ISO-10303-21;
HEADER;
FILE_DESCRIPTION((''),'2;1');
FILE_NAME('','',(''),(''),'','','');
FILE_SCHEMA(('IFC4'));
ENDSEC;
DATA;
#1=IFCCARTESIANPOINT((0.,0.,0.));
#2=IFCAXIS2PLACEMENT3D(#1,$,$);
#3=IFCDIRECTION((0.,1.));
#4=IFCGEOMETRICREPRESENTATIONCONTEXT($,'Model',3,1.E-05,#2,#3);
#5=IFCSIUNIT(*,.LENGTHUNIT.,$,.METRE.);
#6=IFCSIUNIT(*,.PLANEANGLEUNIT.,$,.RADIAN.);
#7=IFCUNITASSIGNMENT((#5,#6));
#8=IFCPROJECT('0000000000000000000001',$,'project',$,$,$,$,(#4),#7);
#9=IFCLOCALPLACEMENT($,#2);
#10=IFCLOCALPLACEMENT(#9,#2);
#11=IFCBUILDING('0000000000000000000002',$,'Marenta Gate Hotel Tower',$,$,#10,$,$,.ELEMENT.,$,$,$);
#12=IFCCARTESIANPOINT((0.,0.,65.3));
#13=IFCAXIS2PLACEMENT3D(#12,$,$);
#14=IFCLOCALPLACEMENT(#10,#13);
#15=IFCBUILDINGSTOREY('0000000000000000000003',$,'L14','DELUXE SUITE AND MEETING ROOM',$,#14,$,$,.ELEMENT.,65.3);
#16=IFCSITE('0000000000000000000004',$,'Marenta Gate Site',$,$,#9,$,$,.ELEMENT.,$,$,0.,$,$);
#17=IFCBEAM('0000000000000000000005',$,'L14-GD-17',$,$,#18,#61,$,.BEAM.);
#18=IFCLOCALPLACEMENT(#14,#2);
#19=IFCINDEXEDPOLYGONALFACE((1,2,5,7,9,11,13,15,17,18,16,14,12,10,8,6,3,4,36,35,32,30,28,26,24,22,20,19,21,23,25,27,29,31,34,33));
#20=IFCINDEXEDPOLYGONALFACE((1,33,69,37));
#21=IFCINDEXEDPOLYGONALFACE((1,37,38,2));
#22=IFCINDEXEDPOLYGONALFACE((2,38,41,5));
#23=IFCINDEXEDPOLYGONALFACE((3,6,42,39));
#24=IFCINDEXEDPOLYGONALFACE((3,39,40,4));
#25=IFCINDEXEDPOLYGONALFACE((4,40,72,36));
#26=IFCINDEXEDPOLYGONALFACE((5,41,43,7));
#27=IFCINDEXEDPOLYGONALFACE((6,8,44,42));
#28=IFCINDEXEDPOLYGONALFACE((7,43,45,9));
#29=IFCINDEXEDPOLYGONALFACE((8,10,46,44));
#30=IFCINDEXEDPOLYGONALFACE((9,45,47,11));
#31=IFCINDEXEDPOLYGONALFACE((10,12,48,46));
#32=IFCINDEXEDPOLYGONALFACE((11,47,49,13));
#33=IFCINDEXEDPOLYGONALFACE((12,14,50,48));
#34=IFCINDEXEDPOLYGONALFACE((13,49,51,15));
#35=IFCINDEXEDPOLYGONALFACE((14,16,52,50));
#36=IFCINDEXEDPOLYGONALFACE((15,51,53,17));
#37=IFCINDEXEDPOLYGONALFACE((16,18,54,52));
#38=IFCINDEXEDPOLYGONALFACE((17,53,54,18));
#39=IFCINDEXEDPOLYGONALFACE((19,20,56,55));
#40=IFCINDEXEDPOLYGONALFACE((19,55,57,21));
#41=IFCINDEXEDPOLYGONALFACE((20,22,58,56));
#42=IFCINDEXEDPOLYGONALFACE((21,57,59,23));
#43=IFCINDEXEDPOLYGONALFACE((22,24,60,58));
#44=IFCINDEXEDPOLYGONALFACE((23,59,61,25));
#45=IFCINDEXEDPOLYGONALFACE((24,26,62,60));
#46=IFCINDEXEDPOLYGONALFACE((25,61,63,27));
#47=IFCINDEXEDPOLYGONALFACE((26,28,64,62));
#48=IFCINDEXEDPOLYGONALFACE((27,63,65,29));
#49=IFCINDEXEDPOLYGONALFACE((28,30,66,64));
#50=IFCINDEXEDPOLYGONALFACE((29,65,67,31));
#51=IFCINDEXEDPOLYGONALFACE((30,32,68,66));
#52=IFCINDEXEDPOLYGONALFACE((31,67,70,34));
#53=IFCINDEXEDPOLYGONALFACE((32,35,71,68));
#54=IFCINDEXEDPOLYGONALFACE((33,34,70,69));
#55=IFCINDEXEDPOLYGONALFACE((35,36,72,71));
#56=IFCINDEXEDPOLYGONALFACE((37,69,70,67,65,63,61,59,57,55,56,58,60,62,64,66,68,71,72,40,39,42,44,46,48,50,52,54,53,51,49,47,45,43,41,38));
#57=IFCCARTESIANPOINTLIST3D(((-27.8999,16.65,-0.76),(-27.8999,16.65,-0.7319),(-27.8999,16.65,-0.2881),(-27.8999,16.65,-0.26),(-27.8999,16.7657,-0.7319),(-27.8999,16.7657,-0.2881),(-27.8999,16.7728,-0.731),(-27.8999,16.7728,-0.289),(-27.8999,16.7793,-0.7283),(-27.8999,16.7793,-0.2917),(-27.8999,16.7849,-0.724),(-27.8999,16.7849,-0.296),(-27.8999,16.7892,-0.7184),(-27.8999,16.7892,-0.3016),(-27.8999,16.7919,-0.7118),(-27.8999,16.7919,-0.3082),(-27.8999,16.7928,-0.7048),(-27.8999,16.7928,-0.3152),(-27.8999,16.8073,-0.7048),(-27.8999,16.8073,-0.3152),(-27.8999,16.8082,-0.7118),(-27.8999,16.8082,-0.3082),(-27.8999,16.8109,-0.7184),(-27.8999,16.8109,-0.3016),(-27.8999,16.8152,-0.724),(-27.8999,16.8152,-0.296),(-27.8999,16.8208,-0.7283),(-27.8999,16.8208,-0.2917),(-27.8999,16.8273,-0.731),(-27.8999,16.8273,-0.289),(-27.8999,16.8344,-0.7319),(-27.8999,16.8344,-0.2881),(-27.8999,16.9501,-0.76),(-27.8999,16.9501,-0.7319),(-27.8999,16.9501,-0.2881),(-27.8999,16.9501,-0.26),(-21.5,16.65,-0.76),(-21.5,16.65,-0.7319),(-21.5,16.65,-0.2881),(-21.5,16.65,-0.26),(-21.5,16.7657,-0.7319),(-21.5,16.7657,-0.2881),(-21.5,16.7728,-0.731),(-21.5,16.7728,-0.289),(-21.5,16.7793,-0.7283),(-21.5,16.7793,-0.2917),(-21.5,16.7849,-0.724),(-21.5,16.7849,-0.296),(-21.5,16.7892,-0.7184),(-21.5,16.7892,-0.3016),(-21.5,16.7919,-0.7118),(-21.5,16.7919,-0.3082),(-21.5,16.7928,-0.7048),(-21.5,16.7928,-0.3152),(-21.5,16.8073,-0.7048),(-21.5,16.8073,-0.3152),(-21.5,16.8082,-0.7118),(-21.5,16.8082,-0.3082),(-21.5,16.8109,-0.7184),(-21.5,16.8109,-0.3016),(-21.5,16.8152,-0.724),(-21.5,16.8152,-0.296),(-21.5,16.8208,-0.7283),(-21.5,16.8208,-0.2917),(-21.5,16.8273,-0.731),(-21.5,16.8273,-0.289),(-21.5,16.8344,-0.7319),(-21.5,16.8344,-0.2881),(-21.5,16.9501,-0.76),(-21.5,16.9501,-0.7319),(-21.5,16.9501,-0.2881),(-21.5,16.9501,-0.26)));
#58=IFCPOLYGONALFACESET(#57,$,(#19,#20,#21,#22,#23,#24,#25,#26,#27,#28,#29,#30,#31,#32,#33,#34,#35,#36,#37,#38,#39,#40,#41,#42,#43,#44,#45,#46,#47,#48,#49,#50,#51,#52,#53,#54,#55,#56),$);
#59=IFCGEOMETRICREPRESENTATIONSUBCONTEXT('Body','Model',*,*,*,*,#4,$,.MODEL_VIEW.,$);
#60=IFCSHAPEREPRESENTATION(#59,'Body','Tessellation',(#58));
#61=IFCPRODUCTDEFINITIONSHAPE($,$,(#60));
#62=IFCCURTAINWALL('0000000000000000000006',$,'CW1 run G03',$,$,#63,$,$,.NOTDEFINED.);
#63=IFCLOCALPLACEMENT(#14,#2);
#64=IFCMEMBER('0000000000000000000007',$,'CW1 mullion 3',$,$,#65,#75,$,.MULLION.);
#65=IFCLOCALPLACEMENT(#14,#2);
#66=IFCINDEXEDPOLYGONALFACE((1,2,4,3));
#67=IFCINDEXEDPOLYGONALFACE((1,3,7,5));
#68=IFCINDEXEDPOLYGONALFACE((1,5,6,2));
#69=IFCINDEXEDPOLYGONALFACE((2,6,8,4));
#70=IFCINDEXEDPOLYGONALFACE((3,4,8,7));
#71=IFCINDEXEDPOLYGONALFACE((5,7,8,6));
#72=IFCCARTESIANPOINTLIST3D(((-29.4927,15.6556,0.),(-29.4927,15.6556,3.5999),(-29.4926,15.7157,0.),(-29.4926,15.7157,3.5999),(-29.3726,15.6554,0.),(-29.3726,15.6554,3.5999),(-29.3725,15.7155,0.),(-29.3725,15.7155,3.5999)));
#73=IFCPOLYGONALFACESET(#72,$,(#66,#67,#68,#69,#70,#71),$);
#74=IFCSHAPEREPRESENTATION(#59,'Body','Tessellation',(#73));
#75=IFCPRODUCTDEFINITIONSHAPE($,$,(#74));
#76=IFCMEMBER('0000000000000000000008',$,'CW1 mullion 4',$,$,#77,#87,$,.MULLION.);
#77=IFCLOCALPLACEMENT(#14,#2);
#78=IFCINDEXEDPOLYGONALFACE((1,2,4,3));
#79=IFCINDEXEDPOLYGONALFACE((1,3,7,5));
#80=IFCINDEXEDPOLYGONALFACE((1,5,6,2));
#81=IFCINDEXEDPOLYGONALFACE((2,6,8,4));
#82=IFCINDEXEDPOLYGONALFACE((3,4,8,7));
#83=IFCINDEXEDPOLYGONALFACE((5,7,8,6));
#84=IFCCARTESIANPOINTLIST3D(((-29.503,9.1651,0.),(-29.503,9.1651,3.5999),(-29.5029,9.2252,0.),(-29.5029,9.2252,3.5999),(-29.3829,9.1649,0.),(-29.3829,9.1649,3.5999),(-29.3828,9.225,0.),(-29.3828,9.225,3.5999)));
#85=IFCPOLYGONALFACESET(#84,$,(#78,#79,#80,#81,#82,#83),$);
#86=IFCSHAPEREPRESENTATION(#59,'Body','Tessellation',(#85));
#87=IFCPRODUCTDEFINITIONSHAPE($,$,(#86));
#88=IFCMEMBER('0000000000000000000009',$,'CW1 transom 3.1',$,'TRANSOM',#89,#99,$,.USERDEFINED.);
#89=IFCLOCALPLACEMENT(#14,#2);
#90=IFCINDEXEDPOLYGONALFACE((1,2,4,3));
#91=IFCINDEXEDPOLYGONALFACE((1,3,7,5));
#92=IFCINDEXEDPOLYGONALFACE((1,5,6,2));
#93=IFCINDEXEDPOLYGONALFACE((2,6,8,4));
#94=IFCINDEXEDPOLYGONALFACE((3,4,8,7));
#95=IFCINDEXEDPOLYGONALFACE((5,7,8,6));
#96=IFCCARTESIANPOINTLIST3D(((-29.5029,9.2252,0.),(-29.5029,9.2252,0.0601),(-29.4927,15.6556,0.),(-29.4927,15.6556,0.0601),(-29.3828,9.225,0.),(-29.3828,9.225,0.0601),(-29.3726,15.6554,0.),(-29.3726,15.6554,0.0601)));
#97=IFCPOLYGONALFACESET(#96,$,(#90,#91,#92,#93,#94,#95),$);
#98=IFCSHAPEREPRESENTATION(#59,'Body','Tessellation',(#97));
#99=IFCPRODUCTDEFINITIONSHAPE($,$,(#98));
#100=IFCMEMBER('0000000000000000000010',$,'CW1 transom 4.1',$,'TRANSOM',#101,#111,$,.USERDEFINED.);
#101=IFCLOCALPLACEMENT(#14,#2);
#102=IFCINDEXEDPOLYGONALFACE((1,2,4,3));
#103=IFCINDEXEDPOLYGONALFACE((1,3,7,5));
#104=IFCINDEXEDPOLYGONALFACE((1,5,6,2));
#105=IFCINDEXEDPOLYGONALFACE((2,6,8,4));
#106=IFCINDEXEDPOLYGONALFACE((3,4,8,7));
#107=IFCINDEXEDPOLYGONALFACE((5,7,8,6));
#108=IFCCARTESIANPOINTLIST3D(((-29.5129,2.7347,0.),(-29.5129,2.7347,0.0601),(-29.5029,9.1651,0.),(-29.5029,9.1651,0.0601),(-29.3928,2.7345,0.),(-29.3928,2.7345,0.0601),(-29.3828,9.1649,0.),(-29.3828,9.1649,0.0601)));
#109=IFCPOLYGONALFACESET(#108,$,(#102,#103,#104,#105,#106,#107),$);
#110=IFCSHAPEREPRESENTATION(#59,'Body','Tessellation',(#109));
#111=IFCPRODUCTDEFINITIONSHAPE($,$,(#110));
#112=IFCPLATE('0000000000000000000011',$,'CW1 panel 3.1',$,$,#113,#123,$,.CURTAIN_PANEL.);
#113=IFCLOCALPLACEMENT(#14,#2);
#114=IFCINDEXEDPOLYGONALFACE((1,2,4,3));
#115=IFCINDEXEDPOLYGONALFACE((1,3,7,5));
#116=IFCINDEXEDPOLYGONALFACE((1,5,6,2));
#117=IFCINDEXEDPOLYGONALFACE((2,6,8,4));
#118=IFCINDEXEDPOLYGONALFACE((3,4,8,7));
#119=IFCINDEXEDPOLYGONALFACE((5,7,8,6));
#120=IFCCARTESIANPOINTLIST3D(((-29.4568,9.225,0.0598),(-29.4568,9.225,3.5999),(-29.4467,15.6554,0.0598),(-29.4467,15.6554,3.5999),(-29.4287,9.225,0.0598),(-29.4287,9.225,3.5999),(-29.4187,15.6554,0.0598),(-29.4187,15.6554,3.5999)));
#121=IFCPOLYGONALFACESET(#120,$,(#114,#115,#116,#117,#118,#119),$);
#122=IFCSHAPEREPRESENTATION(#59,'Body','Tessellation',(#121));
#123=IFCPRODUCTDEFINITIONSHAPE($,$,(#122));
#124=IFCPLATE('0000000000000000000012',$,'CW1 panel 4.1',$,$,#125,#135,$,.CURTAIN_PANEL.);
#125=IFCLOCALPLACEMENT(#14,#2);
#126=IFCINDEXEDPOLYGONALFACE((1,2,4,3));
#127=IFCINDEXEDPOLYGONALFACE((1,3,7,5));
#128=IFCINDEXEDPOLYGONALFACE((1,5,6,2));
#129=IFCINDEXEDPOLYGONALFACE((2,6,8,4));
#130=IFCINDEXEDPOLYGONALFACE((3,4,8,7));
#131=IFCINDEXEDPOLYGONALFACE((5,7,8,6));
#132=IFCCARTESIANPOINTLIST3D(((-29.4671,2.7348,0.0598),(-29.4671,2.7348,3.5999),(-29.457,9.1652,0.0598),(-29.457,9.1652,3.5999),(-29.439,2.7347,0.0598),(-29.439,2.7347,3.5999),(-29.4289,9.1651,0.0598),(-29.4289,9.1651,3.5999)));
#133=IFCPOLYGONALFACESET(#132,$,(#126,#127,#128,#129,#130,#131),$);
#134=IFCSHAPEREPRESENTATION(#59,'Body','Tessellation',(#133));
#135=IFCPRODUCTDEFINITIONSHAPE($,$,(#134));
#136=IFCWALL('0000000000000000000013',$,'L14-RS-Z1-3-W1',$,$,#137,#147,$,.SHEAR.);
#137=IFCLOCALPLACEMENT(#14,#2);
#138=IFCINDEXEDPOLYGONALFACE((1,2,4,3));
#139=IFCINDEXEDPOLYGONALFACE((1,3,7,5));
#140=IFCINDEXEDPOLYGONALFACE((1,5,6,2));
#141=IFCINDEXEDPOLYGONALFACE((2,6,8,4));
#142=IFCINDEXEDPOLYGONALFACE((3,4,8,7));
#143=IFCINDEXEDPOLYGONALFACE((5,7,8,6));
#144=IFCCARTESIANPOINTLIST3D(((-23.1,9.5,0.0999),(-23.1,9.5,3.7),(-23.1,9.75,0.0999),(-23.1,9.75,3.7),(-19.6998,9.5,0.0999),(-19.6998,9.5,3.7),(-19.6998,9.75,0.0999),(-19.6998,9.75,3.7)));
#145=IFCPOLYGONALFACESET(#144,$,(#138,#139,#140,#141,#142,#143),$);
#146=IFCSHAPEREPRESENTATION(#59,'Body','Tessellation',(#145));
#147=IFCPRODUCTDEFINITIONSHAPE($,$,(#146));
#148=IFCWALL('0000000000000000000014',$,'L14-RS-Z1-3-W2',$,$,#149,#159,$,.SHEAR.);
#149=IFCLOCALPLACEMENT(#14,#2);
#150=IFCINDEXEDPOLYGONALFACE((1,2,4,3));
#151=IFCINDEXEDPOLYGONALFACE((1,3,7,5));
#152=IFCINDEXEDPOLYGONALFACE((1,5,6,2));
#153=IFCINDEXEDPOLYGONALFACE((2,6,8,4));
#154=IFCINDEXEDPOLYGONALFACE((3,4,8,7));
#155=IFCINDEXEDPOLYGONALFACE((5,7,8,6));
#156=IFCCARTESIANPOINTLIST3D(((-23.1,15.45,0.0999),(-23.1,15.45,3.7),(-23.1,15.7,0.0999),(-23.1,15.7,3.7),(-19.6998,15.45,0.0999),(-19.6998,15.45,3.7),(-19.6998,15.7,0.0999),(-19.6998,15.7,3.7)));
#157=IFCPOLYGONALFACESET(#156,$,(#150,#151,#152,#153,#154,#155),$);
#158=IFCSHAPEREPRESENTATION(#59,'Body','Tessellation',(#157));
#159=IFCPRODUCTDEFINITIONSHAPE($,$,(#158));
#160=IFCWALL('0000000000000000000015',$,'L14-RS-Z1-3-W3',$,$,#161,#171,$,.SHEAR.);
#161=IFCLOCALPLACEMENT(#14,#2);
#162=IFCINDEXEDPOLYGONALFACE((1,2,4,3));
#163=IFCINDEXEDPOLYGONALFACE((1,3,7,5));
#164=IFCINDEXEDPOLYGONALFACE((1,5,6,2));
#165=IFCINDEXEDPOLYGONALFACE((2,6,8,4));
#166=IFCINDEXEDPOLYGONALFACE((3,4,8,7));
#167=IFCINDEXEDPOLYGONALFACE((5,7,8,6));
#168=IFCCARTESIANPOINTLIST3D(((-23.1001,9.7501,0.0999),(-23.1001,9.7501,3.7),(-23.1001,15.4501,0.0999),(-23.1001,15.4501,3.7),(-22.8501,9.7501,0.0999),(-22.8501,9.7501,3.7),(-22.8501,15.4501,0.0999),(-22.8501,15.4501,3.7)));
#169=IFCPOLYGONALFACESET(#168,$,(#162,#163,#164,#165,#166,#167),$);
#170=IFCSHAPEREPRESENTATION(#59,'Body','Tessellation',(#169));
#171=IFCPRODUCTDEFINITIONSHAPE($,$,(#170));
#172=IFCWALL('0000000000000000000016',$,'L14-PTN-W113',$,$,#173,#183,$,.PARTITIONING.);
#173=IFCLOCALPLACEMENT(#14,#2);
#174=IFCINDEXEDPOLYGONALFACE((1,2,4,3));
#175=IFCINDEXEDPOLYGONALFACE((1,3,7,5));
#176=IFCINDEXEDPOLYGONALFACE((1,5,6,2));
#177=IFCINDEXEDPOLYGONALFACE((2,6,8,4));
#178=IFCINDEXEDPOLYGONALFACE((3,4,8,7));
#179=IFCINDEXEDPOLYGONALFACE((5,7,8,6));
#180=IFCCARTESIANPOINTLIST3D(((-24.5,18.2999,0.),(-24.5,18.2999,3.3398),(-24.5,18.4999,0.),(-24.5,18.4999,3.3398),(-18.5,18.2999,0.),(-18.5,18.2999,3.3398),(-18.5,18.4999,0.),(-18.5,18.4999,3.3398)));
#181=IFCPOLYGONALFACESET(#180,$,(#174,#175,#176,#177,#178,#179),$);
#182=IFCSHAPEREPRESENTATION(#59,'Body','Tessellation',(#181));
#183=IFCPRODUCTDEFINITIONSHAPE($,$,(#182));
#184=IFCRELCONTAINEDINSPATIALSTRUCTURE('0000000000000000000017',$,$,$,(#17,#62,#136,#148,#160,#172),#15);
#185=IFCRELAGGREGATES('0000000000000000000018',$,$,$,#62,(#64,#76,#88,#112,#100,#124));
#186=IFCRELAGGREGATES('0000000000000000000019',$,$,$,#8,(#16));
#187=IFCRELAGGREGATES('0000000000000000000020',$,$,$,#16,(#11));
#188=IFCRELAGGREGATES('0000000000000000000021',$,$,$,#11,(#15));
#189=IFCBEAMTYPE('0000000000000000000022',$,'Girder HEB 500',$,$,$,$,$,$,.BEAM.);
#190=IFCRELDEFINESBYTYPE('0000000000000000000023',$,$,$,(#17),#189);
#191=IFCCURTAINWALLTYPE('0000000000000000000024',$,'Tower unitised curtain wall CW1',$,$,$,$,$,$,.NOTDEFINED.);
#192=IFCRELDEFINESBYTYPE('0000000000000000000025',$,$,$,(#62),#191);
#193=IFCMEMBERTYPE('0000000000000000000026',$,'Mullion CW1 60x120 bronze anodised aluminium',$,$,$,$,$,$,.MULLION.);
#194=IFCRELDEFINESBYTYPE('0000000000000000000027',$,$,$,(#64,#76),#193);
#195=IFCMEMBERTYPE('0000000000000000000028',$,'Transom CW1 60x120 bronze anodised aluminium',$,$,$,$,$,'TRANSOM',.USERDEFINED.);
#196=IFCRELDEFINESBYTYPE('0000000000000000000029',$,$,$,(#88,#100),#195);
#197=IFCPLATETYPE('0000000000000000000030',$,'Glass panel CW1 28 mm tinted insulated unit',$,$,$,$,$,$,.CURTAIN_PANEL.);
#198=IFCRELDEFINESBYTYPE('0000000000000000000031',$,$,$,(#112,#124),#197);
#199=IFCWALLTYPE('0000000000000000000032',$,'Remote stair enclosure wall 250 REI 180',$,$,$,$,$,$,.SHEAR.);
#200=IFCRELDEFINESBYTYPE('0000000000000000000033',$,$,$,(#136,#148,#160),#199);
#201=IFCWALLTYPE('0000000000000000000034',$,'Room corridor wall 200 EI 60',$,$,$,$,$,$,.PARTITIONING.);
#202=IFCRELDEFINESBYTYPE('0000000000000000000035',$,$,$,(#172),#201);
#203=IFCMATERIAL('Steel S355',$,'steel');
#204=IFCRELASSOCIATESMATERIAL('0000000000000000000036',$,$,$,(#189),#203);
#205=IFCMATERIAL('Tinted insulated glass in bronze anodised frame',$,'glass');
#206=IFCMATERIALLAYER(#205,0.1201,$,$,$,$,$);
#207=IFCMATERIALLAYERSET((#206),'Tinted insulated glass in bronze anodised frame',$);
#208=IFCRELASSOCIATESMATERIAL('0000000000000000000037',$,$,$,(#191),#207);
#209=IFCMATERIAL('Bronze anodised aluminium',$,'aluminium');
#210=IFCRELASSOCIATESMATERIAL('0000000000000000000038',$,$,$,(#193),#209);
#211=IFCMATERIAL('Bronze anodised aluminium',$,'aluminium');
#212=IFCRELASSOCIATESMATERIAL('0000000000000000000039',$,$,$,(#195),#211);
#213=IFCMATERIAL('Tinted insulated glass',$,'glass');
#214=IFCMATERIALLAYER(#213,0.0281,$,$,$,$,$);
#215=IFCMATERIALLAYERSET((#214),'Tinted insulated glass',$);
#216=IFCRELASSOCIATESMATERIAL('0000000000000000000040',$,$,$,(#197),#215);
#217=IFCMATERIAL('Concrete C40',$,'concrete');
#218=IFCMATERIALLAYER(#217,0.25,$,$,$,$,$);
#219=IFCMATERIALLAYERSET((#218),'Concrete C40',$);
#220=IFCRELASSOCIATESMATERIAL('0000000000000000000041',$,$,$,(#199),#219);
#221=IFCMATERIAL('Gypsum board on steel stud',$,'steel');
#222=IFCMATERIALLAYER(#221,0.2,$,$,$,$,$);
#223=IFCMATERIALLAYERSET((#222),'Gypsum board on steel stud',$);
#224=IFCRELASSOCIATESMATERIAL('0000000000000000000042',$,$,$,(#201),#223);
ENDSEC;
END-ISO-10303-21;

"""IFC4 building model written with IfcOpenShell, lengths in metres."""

from ifc_helpers import new_model, si_unit, direction, frame, frame_2d, origin, origin_2d, place, context, subcontext, project, spatial, rectangle, i_section, extrude, material, layer, layer_set, material_profile, profile_set, type_object, element, aggregate, save


model = new_model("IFC4")

# Units and contexts
model_context = context("Model", 3, precision=1e-05, world=origin(), true_north=direction((0.0, 1.0)))
body_context = subcontext(model_context, "Body", "Model", "MODEL_VIEW")
ifc_project = project(units=[si_unit("LENGTHUNIT", "METRE"), si_unit("PLANEANGLEUNIT", "RADIAN")], contexts=[model_context])

# Site, building, storey
site_placement = place(None, origin())
site = spatial("IfcSite", under=ifc_project, at=site_placement, Name="Marenta Gate Site", CompositionType="ELEMENT", RefElevation=0.0)
building_placement = place(site_placement, origin())
building = spatial("IfcBuilding", under=site, at=building_placement, Name="Marenta Gate Hotel Tower", CompositionType="ELEMENT")
storey_placement = place(building_placement, frame((0.0, 0.0, 65.3)))
storey = spatial("IfcBuildingStorey", under=building, at=storey_placement, Name="L14", Description="DELUXE SUITE AND MEETING ROOM", CompositionType="ELEMENT", Elevation=65.3)

# Beam
ifc_material_1 = material(Name="Steel S355", Category="steel")
ifc_material_profile_1 = material_profile(ifc_material_1, i_section(OverallWidth=0.3, OverallDepth=0.5, WebThickness=0.0144, FlangeThickness=0.0281, FilletRadius=0.0271, at=origin_2d()), Name="HEB 500")
ifc_profile_set_1 = profile_set([ifc_material_profile_1], Name="Steel S355")
beam_type_1 = type_object("IfcBeamType", Name="Girder HEB 500", PredefinedType="BEAM", material=ifc_profile_set_1)
beam_1_placement = place(storey_placement, frame((-27.8999, 16.8, -0.51), z_axis=(1.0, 0.0, 0.0), x_axis=(0.0, 1.0, 0.0)))
element("IfcBeam", 1, at=beam_1_placement, inside=storey, type_object=beam_type_1, Name="L14-GD-17", PredefinedType="BEAM", context=body_context, shape_type="SweptSolid", body=[
    extrude(i_section(OverallWidth=0.3, OverallDepth=0.5, WebThickness=0.0144, FlangeThickness=0.0281, FilletRadius=0.0271, at=origin_2d()), origin(), (0.0, 0.0, 1.0), 6.3999),
])

# Curtain wall, members, plates
ifc_material_2 = material(Name="Tinted insulated glass in bronze anodised frame", Category="glass")
ifc_layer_1 = layer(ifc_material_2, 0.1201)
ifc_layer_set_1 = layer_set([ifc_layer_1], Name="Tinted insulated glass in bronze anodised frame")
curtain_wall_type = type_object("IfcCurtainWallType", Name="Tower unitised curtain wall CW1", PredefinedType="NOTDEFINED", material=ifc_layer_set_1)
curtain_wall_placement = place(storey_placement, origin())
curtain_wall = element("IfcCurtainWall", 2, at=curtain_wall_placement, inside=storey, type_object=curtain_wall_type, Name="CW1 run G03", PredefinedType="NOTDEFINED")
ifc_material_3 = material(Name="Bronze anodised aluminium", Category="aluminium")
ifc_material_profile_2 = material_profile(ifc_material_3, rectangle(XDim=0.1201, YDim=0.0601, at=origin_2d()), Name="Mullion CW1 60x120 bronze anodised aluminium")
ifc_profile_set_2 = profile_set([ifc_material_profile_2], Name="Bronze anodised aluminium")
member_type_1 = type_object("IfcMemberType", Name="Mullion CW1 60x120 bronze anodised aluminium", PredefinedType="MULLION", material=ifc_profile_set_2)
member_1_placement = place(storey_placement, frame((-29.4326, 15.6855, 0.0), z_axis=(0.0, 0.0, 1.0), x_axis=(0.999999, -0.001566, 0.0)))
member_1 = element("IfcMember", 3, at=member_1_placement, type_object=member_type_1, Name="CW1 mullion 3", PredefinedType="MULLION", context=body_context, shape_type="SweptSolid", body=[
    extrude(rectangle(XDim=0.1201, YDim=0.0601, at=origin_2d()), origin(), (0.0, 0.0, 1.0), 3.5999),
])
member_2_placement = place(storey_placement, frame((-29.4429, 9.1951, 0.0), z_axis=(0.0, 0.0, 1.0), x_axis=(0.999999, -0.001566, 0.0)))
member_2 = element("IfcMember", 4, at=member_2_placement, type_object=member_type_1, Name="CW1 mullion 4", PredefinedType="MULLION", context=body_context, shape_type="SweptSolid", body=[
    extrude(rectangle(XDim=0.1201, YDim=0.0601, at=origin_2d()), origin(), (0.0, 0.0, 1.0), 3.5999),
])
ifc_material_4 = material(Name="Bronze anodised aluminium", Category="aluminium")
ifc_material_profile_3 = material_profile(ifc_material_4, rectangle(XDim=0.1201, YDim=0.0601, at=origin_2d()), Name="Transom CW1 60x120 bronze anodised aluminium")
ifc_profile_set_3 = profile_set([ifc_material_profile_3], Name="Bronze anodised aluminium")
member_type_2 = type_object("IfcMemberType", Name="Transom CW1 60x120 bronze anodised aluminium", ElementType="TRANSOM", PredefinedType="USERDEFINED", material=ifc_profile_set_3)
member_3_placement = place(storey_placement, frame((-29.4326, 15.6555, 0.03), z_axis=(-0.001595, -0.999999, 0.0), x_axis=(0.999999, -0.001595, 0.0)))
member_3 = element("IfcMember", 5, at=member_3_placement, type_object=member_type_2, Name="CW1 transom 3.1", ObjectType="TRANSOM", PredefinedType="USERDEFINED", context=body_context, shape_type="SweptSolid", body=[
    extrude(rectangle(XDim=0.1201, YDim=0.0601, at=origin_2d()), origin(), (0.0, 0.0, 1.0), 6.4304),
])
member_4_placement = place(storey_placement, frame((-29.4429, 9.165, 0.03), z_axis=(-0.001557, -0.999999, 0.0), x_axis=(0.999999, -0.001557, 0.0)))
member_4 = element("IfcMember", 6, at=member_4_placement, type_object=member_type_2, Name="CW1 transom 4.1", ObjectType="TRANSOM", PredefinedType="USERDEFINED", context=body_context, shape_type="SweptSolid", body=[
    extrude(rectangle(XDim=0.1201, YDim=0.0601, at=origin_2d()), origin(), (0.0, 0.0, 1.0), 6.4304),
])
ifc_material_5 = material(Name="Tinted insulated glass", Category="glass")
ifc_layer_2 = layer(ifc_material_5, 0.0281)
ifc_layer_set_2 = layer_set([ifc_layer_2], Name="Tinted insulated glass")
plate_type = type_object("IfcPlateType", Name="Glass panel CW1 28 mm tinted insulated unit", PredefinedType="CURTAIN_PANEL", material=ifc_layer_set_2)
plate_1_placement = place(storey_placement, frame((-29.4377, 12.4402, 0.0598), z_axis=(0.0, 0.0, 1.0), x_axis=(-0.001566, -0.999999, 0.0)))
plate_1 = element("IfcPlate", 7, at=plate_1_placement, type_object=plate_type, Name="CW1 panel 3.1", PredefinedType="CURTAIN_PANEL", context=body_context, shape_type="SweptSolid", body=[
    extrude(rectangle(XDim=6.4304, YDim=0.0281, at=origin_2d()), origin(), (0.0, 0.0, 1.0), 3.54),
])
plate_2_placement = place(storey_placement, frame((-29.448, 5.95, 0.0598), z_axis=(0.0, 0.0, 1.0), x_axis=(-0.001566, -0.999999, 0.0)))
plate_2 = element("IfcPlate", 8, at=plate_2_placement, type_object=plate_type, Name="CW1 panel 4.1", PredefinedType="CURTAIN_PANEL", context=body_context, shape_type="SweptSolid", body=[
    extrude(rectangle(XDim=6.4304, YDim=0.0281, at=origin_2d()), origin(), (0.0, 0.0, 1.0), 3.54),
])
aggregate(curtain_wall, [member_1, member_2, member_3, plate_1, member_4, plate_2])

# Walls
ifc_material_6 = material(Name="Concrete C40", Category="concrete")
ifc_layer_3 = layer(ifc_material_6, 0.25)
ifc_layer_set_3 = layer_set([ifc_layer_3], Name="Concrete C40")
wall_type_1 = type_object("IfcWallType", Name="Remote stair enclosure wall 250 REI 180", PredefinedType="SHEAR", material=ifc_layer_set_3)
for number, where, z_axis, x_axis, name in (
    (9, (-23.1001, 9.625, 0.0999), (0.0, 0.0, 1.0), (1.0, 0.0, 0.0), "L14-RS-Z1-3-W1"),
    (10, (-23.1001, 15.575, 0.0999), (0.0, 0.0, 1.0), (1.0, 0.0, 0.0), "L14-RS-Z1-3-W2"),
):
    element("IfcWall", number, at=place(storey_placement, frame(where, z_axis=z_axis, x_axis=x_axis)), inside=storey, type_object=wall_type_1, Name=name, PredefinedType="SHEAR", context=body_context, shape_type="SweptSolid", body=[
        extrude(rectangle(XDim=3.4001, YDim=0.25, at=frame_2d((1.7002, 0.0))), origin(), (0.0, 0.0, 1.0), 3.6001),
    ])
wall_1_placement = place(storey_placement, frame((-22.9751, 9.75, 0.0999), z_axis=(0.0, 0.0, 1.0), x_axis=(0.0, 1.0, 0.0)))
element("IfcWall", 11, at=wall_1_placement, inside=storey, type_object=wall_type_1, Name="L14-RS-Z1-3-W3", PredefinedType="SHEAR", context=body_context, shape_type="SweptSolid", body=[
    extrude(rectangle(XDim=5.7, YDim=0.25, at=frame_2d((2.8501, 0.0))), origin(), (0.0, 0.0, 1.0), 3.6001),
])

# Shared definitions
ifc_material_7 = material(Name="Gypsum board on steel stud", Category="steel")
ifc_layer_4 = layer(ifc_material_7, 0.2)
ifc_layer_set_4 = layer_set([ifc_layer_4], Name="Gypsum board on steel stud")
wall_type_2 = type_object("IfcWallType", Name="Room corridor wall 200 EI 60", PredefinedType="PARTITIONING", material=ifc_layer_set_4)

# Wall
wall_2_placement = place(storey_placement, frame((-24.5, 18.3999, 0.0), z_axis=(0.0, 0.0, 1.0), x_axis=(1.0, 0.0, 0.0)))
element("IfcWall", 12, at=wall_2_placement, inside=storey, type_object=wall_type_2, Name="L14-PTN-W113", PredefinedType="PARTITIONING", context=body_context, shape_type="SweptSolid", body=[
    extrude(rectangle(XDim=6.0, YDim=0.2, at=frame_2d((3.0, 0.0))), origin(), (0.0, 0.0, 1.0), 3.3398),
])

save(model, "model.ifc")
